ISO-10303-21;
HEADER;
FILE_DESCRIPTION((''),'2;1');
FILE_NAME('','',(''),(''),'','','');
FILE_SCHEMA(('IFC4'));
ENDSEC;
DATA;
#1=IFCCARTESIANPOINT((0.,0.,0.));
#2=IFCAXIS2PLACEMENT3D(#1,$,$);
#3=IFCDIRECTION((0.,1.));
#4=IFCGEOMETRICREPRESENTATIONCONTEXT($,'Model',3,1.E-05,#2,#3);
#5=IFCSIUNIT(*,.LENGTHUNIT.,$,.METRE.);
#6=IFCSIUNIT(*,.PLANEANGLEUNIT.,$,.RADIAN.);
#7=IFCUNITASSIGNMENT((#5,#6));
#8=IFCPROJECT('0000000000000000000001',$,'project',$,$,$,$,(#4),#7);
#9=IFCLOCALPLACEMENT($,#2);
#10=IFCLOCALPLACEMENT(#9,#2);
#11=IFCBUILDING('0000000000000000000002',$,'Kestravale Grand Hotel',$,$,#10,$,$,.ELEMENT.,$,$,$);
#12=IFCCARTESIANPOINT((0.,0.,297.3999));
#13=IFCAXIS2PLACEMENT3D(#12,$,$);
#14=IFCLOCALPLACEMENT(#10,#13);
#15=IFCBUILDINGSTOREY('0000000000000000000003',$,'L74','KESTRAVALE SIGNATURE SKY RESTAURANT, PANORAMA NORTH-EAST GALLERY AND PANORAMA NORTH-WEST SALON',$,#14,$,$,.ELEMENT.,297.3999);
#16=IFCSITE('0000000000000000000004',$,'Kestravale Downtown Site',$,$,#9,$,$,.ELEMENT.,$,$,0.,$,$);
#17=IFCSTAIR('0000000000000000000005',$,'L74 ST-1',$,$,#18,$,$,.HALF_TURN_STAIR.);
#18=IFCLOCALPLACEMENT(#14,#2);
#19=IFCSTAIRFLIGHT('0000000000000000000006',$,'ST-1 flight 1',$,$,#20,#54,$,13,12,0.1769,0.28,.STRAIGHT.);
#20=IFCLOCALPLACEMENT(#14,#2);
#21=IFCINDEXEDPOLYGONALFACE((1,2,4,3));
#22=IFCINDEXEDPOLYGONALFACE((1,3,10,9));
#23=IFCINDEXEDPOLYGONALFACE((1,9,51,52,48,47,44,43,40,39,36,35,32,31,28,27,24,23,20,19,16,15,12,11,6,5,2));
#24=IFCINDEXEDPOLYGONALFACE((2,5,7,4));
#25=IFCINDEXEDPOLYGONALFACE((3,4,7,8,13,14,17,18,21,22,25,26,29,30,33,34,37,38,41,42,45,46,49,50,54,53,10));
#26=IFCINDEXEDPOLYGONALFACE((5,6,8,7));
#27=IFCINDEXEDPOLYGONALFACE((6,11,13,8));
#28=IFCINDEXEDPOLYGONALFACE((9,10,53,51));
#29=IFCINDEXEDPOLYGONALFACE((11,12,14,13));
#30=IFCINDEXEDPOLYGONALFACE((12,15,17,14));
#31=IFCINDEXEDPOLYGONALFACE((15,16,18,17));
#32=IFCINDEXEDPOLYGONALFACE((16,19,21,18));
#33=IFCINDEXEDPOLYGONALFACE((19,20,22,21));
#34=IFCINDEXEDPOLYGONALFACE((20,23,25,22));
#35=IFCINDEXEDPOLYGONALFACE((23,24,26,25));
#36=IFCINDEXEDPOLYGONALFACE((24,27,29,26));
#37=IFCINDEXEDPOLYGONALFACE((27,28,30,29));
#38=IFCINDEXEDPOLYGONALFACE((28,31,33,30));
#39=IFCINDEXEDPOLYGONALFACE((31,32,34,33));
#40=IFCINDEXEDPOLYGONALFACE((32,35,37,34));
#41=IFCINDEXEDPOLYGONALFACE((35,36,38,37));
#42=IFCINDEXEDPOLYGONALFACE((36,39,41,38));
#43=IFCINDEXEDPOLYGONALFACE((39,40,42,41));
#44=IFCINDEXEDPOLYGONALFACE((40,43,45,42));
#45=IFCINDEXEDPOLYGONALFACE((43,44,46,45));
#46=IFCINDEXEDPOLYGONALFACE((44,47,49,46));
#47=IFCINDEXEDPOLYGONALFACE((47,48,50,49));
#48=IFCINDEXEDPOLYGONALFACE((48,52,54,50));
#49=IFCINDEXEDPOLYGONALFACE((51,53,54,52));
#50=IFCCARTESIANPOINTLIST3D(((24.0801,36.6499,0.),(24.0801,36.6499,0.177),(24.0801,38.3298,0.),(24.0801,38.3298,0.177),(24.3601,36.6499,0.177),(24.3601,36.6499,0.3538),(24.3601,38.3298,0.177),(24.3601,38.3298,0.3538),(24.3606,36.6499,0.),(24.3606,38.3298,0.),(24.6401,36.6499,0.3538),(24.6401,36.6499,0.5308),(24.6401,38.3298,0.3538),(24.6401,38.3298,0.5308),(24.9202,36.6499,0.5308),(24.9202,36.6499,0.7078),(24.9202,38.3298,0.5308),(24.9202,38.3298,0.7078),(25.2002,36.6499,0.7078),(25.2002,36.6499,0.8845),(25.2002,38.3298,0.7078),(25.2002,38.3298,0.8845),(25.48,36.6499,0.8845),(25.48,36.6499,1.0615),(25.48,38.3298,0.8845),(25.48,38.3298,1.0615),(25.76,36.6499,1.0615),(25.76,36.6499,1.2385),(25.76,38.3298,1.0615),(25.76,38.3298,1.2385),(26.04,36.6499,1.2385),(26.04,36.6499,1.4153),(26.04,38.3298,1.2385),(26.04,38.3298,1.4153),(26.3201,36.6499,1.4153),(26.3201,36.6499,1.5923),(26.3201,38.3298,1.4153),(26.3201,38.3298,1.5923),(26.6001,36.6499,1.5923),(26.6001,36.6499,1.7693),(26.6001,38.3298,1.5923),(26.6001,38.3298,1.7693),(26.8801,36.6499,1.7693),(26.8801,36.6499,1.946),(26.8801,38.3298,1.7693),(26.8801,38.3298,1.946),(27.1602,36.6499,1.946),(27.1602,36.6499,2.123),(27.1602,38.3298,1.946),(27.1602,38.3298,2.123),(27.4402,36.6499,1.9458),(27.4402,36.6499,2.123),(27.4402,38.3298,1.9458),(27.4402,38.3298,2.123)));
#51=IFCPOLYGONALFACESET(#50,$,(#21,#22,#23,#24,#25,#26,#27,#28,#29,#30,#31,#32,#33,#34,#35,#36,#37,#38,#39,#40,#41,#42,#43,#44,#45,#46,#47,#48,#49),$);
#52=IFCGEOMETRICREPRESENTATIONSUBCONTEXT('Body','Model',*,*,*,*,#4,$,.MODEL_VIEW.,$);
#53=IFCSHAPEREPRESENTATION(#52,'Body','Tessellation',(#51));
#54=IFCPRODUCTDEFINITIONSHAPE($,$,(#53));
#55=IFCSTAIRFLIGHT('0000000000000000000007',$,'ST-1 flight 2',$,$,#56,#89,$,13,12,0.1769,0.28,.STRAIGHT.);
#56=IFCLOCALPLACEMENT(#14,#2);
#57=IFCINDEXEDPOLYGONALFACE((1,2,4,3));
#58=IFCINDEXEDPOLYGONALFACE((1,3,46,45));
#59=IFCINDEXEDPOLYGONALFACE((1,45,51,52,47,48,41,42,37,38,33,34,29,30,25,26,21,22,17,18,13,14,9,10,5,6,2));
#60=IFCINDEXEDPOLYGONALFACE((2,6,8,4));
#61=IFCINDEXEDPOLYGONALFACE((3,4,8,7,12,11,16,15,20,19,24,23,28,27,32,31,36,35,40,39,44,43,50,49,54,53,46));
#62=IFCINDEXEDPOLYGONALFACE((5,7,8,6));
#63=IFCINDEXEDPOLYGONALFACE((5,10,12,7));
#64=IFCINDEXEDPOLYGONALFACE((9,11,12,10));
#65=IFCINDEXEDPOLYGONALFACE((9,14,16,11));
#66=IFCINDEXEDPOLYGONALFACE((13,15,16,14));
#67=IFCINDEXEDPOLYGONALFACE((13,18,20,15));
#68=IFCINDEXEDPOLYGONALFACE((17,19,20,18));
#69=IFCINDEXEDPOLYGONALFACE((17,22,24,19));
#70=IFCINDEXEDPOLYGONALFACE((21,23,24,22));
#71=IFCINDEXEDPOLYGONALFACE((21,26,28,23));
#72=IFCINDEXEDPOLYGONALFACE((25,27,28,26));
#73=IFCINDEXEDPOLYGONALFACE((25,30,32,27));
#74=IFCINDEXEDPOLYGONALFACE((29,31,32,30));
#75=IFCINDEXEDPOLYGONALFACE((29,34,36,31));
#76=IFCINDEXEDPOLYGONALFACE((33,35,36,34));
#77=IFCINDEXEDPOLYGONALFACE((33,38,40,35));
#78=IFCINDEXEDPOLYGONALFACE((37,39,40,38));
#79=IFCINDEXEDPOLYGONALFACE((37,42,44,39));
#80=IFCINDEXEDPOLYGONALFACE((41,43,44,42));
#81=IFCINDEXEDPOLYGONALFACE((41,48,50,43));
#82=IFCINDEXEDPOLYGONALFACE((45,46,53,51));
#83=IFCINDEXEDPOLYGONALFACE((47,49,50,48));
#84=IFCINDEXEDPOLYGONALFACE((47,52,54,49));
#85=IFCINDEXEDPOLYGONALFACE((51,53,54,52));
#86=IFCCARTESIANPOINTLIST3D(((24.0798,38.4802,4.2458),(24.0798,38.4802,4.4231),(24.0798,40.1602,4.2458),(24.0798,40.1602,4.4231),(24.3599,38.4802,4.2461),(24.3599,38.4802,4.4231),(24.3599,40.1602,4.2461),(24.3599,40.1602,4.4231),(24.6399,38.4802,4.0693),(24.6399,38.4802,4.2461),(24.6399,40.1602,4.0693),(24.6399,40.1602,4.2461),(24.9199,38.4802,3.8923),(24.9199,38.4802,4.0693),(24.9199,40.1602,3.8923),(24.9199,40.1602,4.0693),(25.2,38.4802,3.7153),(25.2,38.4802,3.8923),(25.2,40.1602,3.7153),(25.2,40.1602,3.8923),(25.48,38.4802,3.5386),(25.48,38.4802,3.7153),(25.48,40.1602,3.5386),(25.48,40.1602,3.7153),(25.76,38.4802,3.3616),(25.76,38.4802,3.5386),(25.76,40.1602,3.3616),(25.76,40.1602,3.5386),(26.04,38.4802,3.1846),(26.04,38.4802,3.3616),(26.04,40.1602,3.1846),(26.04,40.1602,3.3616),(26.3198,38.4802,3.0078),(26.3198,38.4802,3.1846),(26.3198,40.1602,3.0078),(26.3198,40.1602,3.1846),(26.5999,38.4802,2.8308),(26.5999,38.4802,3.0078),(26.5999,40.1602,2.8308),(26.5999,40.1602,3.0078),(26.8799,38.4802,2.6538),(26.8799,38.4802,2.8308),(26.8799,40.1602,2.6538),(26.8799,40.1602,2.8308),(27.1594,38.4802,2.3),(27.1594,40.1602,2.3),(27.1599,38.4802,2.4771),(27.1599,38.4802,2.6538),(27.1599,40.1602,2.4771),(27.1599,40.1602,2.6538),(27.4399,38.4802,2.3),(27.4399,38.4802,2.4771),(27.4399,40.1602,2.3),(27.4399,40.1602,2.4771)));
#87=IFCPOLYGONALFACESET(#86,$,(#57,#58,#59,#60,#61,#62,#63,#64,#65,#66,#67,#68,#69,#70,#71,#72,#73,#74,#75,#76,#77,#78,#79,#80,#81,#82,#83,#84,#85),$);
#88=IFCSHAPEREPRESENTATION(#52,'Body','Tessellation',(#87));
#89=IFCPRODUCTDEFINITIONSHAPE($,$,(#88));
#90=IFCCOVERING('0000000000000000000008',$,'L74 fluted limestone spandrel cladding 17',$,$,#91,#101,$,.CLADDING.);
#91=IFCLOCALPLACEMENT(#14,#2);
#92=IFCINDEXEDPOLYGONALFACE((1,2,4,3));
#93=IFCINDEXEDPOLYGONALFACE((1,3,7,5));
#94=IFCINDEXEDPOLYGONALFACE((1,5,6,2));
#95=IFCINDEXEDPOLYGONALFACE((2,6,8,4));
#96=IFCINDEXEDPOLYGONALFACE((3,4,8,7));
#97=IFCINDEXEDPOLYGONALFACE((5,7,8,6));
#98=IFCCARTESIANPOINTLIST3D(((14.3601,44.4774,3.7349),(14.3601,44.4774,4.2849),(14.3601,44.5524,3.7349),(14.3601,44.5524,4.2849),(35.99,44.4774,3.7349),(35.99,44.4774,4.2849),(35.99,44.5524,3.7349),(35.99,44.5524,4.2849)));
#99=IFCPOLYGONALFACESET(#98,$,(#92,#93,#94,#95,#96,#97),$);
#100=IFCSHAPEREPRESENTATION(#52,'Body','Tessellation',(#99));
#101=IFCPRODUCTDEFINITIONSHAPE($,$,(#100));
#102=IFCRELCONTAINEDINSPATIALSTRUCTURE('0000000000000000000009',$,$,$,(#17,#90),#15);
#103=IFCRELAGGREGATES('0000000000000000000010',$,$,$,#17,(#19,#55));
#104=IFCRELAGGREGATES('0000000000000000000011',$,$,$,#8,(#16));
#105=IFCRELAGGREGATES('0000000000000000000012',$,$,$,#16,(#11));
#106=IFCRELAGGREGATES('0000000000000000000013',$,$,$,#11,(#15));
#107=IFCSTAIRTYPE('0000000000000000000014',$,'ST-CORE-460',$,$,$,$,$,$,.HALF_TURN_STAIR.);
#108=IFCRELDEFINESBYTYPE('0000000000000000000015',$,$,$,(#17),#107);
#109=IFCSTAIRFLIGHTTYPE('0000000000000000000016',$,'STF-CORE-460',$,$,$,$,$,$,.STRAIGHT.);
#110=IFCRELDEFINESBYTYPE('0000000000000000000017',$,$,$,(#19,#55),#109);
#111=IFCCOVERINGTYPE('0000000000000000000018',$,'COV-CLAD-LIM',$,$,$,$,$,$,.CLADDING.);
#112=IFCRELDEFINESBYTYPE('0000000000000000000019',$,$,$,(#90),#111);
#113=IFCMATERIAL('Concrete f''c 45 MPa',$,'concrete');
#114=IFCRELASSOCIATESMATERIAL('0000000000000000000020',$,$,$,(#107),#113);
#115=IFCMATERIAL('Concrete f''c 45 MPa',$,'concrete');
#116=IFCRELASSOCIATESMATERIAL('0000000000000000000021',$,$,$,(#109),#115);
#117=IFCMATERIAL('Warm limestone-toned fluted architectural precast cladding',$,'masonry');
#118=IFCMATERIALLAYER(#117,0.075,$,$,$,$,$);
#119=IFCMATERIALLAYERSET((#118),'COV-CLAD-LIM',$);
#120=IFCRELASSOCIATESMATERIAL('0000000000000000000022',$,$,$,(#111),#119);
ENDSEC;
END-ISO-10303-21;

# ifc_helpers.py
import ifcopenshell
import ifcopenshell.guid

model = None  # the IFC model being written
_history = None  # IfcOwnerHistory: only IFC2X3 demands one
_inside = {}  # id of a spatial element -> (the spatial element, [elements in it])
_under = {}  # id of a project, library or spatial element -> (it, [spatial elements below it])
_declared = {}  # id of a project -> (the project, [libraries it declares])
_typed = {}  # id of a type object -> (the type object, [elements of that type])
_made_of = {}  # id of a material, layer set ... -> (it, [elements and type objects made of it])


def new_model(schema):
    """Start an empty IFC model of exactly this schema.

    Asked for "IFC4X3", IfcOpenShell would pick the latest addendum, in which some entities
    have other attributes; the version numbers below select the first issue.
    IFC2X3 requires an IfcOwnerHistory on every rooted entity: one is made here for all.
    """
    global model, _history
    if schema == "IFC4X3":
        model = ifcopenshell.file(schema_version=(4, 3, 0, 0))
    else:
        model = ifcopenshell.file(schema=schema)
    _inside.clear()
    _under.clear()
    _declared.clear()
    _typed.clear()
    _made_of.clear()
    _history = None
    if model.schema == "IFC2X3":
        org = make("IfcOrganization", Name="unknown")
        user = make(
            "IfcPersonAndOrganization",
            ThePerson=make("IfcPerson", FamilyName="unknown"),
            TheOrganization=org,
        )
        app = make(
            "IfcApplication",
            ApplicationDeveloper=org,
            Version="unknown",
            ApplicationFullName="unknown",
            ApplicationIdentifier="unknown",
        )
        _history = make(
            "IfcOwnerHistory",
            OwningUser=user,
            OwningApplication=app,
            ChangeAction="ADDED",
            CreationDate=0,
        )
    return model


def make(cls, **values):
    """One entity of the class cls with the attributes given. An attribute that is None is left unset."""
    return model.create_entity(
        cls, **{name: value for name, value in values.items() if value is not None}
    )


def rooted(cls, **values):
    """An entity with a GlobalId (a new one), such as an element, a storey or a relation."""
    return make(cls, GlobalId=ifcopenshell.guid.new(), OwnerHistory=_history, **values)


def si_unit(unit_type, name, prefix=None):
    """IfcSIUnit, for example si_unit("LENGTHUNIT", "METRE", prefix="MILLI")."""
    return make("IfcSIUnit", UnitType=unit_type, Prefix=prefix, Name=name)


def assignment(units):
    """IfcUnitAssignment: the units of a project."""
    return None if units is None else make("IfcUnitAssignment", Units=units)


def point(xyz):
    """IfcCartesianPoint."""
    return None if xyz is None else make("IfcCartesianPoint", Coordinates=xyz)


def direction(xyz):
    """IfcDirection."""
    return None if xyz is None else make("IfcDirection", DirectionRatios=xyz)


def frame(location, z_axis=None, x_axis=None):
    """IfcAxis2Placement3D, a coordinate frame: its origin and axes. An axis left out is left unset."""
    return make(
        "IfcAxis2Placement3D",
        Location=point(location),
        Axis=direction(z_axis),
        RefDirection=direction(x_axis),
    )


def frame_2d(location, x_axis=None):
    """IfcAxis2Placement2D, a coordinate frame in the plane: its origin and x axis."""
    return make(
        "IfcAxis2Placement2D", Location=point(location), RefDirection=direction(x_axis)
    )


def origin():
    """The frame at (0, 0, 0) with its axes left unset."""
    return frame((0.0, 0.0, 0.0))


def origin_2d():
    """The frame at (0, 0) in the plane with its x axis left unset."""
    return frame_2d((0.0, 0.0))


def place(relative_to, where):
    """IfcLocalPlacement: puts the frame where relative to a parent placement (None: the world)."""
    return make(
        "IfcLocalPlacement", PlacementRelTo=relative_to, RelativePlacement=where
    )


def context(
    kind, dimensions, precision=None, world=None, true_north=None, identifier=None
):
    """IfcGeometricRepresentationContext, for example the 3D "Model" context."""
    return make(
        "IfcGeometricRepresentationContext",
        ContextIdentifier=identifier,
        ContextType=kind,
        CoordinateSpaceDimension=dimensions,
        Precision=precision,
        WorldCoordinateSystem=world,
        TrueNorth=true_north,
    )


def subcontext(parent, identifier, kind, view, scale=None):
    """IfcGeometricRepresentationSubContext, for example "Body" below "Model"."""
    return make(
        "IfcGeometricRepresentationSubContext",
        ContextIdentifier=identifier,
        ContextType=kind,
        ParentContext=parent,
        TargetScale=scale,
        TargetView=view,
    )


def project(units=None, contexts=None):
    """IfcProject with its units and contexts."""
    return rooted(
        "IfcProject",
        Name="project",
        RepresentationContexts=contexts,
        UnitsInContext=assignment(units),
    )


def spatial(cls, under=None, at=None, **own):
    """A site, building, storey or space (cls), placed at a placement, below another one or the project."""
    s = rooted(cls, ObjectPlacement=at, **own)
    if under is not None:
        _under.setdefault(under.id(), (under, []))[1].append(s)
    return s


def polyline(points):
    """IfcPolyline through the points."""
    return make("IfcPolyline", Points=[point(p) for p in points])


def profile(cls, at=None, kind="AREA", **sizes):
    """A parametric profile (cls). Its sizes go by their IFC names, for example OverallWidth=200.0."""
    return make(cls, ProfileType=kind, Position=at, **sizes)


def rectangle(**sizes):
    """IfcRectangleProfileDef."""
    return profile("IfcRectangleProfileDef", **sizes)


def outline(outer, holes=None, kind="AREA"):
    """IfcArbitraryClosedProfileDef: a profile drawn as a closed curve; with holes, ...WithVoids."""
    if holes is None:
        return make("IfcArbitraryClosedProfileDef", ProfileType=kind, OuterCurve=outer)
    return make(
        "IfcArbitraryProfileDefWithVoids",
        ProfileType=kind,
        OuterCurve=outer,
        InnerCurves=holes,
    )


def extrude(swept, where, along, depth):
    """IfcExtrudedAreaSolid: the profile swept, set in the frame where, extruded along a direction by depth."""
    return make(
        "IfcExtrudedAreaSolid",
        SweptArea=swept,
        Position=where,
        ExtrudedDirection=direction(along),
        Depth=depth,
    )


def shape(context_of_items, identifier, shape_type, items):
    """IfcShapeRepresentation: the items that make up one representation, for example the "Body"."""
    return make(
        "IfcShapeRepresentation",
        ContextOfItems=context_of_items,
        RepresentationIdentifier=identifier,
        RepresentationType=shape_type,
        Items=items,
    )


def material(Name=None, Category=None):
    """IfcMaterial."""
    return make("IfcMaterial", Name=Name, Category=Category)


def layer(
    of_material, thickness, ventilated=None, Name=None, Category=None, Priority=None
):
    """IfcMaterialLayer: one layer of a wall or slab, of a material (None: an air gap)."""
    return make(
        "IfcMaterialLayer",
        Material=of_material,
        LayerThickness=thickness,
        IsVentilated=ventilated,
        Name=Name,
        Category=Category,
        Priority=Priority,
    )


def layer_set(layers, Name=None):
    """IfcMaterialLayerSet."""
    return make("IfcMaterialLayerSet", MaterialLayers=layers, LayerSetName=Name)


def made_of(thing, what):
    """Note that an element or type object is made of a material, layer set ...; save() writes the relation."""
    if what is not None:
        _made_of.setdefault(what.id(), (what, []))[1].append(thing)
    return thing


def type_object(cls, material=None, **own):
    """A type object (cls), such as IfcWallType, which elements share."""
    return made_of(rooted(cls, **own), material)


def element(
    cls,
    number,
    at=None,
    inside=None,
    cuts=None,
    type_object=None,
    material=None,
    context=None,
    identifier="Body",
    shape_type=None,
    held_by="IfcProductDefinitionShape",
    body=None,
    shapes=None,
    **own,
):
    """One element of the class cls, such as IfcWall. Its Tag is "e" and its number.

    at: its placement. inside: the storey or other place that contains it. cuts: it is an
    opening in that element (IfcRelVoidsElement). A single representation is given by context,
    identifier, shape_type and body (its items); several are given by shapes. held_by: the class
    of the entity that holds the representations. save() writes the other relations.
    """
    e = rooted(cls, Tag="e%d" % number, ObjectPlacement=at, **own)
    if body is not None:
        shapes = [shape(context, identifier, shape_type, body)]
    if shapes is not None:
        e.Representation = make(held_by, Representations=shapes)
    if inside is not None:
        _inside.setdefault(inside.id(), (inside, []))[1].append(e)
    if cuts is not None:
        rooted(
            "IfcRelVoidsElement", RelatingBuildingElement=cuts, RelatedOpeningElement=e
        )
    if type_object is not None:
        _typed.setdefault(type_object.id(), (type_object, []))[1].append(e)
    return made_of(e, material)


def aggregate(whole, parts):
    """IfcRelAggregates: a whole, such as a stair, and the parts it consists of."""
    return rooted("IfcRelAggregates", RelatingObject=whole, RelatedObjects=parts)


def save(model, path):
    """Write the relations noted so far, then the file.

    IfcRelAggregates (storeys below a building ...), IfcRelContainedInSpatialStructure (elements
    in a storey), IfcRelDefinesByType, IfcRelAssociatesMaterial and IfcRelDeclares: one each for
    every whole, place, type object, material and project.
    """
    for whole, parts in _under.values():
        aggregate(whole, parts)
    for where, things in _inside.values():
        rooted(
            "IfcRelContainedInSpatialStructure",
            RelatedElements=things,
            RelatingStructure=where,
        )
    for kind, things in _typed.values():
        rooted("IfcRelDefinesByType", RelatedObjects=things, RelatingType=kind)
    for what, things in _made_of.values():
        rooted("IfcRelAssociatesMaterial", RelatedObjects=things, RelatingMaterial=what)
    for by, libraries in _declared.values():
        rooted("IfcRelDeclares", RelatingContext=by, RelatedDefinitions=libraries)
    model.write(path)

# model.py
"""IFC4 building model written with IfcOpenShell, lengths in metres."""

from ifc_helpers import new_model, si_unit, direction, frame, origin, origin_2d, place, context, subcontext, project, spatial, polyline, rectangle, outline, extrude, material, layer, layer_set, type_object, element, aggregate, save


model = new_model("IFC4")

# Units and contexts
model_context = context("Model", 3, precision=1e-05, world=origin(), true_north=direction((0.0, 1.0)))
body_context = subcontext(model_context, "Body", "Model", "MODEL_VIEW")
ifc_project = project(units=[si_unit("LENGTHUNIT", "METRE"), si_unit("PLANEANGLEUNIT", "RADIAN")], contexts=[model_context])

# Site, building, storey
site_placement = place(None, origin())
site = spatial("IfcSite", under=ifc_project, at=site_placement, Name="Kestravale Downtown Site", CompositionType="ELEMENT", RefElevation=0.0)
building_placement = place(site_placement, origin())
building = spatial("IfcBuilding", under=site, at=building_placement, Name="Kestravale Grand Hotel", CompositionType="ELEMENT")
storey_placement = place(building_placement, frame((0.0, 0.0, 297.3999)))
storey = spatial("IfcBuildingStorey", under=building, at=storey_placement, Name="L74", Description="KESTRAVALE SIGNATURE SKY RESTAURANT, PANORAMA NORTH-EAST GALLERY AND PANORAMA NORTH-WEST SALON", CompositionType="ELEMENT", Elevation=297.3999)

# Stair, stair flights
ifc_material_1 = material(Name="Concrete f'c 45 MPa", Category="concrete")
stair_type = type_object("IfcStairType", Name="ST-CORE-460", PredefinedType="HALF_TURN_STAIR", material=ifc_material_1)
stair_placement = place(storey_placement, origin())
stair = element("IfcStair", 1, at=stair_placement, inside=storey, type_object=stair_type, Name="L74 ST-1", PredefinedType="HALF_TURN_STAIR")
ifc_material_2 = material(Name="Concrete f'c 45 MPa", Category="concrete")
stair_flight_type = type_object("IfcStairFlightType", Name="STF-CORE-460", PredefinedType="STRAIGHT", material=ifc_material_2)
stair_flight_1_placement = place(storey_placement, frame((24.0801, 37.49, 0.0), z_axis=(0.0, 0.0, 1.0), x_axis=(1.0, 0.0, 0.0)))
stair_flight_1 = element("IfcStairFlight", 2, at=stair_flight_1_placement, type_object=stair_flight_type, Name="ST-1 flight 1", NumberOfRisers=13, NumberOfTreads=12, PredefinedType="STRAIGHT", RiserHeight=0.1769, TreadLength=0.28, context=body_context, shape_type="SweptSolid", body=[
    extrude(outline(polyline([(0.0, 0.0), (0.0, 0.177), (0.28, 0.177), (0.28, 0.3538), (0.5601, 0.3538), (0.5601, 0.5308), (0.8401, 0.5308), (0.8401, 0.7078), (1.1201, 0.7078), (1.1201, 0.8845), (1.3999, 0.8845), (1.3999, 1.0615), (1.6799, 1.0615), (1.6799, 1.2385), (1.96, 1.2385), (1.96, 1.4153), (2.24, 1.4153), (2.24, 1.5923), (2.52, 1.5923), (2.52, 1.7693), (2.8, 1.7693), (2.8, 1.946), (3.0801, 1.946), (3.0801, 2.123), (3.3601, 2.123), (3.3601, 2.3), (3.3601, 1.9458), (0.2805, 0.0), (0.0, 0.0)])), frame((0.0, 0.8398, 0.0), z_axis=(0.0, -1.0, 0.0), x_axis=(1.0, 0.0, 0.0)), (0.0, 0.0, 1.0), 1.6799),
])
stair_flight_2_placement = place(storey_placement, frame((27.4399, 39.3201, 2.3), z_axis=(0.0, 0.0, 1.0), x_axis=(-1.0, 0.0, 0.0)))
stair_flight_2 = element("IfcStairFlight", 3, at=stair_flight_2_placement, type_object=stair_flight_type, Name="ST-1 flight 2", NumberOfRisers=13, NumberOfTreads=12, PredefinedType="STRAIGHT", RiserHeight=0.1769, TreadLength=0.28, context=body_context, shape_type="SweptSolid", body=[
    extrude(outline(polyline([(0.0, 0.0), (0.0, 0.177), (0.28, 0.177), (0.28, 0.3538), (0.5601, 0.3538), (0.5601, 0.5308), (0.8401, 0.5308), (0.8401, 0.7078), (1.1201, 0.7078), (1.1201, 0.8845), (1.3999, 0.8845), (1.3999, 1.0615), (1.6799, 1.0615), (1.6799, 1.2385), (1.96, 1.2385), (1.96, 1.4153), (2.24, 1.4153), (2.24, 1.5923), (2.52, 1.5923), (2.52, 1.7693), (2.8, 1.7693), (2.8, 1.946), (3.0801, 1.946), (3.0801, 2.123), (3.3601, 2.123), (3.3601, 2.3), (3.3601, 1.9458), (0.2805, 0.0), (0.0, 0.0)])), frame((0.0, 0.8398, 0.0), z_axis=(0.0, -1.0, 0.0), x_axis=(1.0, 0.0, 0.0)), (0.0, 0.0, 1.0), 1.6799),
])
aggregate(stair, [stair_flight_1, stair_flight_2])

# Covering
ifc_material_3 = material(Name="Warm limestone-toned fluted architectural precast cladding", Category="masonry")
ifc_layer_1 = layer(ifc_material_3, 0.075)
ifc_layer_set_1 = layer_set([ifc_layer_1], Name="COV-CLAD-LIM")
covering_type = type_object("IfcCoveringType", Name="COV-CLAD-LIM", PredefinedType="CLADDING", material=ifc_layer_set_1)
covering_placement = place(storey_placement, frame((25.175, 44.5149, 3.7349), z_axis=(0.0, 0.0, 1.0), x_axis=(-1.0, 0.0, 0.0)))
element("IfcCovering", 4, at=covering_placement, inside=storey, type_object=covering_type, Name="L74 fluted limestone spandrel cladding 17", PredefinedType="CLADDING", context=body_context, shape_type="SweptSolid", body=[
    extrude(rectangle(XDim=21.6299, YDim=0.075, at=origin_2d()), origin(), (0.0, 0.0, 1.0), 0.55),
])

save(model, "model.ifc")
